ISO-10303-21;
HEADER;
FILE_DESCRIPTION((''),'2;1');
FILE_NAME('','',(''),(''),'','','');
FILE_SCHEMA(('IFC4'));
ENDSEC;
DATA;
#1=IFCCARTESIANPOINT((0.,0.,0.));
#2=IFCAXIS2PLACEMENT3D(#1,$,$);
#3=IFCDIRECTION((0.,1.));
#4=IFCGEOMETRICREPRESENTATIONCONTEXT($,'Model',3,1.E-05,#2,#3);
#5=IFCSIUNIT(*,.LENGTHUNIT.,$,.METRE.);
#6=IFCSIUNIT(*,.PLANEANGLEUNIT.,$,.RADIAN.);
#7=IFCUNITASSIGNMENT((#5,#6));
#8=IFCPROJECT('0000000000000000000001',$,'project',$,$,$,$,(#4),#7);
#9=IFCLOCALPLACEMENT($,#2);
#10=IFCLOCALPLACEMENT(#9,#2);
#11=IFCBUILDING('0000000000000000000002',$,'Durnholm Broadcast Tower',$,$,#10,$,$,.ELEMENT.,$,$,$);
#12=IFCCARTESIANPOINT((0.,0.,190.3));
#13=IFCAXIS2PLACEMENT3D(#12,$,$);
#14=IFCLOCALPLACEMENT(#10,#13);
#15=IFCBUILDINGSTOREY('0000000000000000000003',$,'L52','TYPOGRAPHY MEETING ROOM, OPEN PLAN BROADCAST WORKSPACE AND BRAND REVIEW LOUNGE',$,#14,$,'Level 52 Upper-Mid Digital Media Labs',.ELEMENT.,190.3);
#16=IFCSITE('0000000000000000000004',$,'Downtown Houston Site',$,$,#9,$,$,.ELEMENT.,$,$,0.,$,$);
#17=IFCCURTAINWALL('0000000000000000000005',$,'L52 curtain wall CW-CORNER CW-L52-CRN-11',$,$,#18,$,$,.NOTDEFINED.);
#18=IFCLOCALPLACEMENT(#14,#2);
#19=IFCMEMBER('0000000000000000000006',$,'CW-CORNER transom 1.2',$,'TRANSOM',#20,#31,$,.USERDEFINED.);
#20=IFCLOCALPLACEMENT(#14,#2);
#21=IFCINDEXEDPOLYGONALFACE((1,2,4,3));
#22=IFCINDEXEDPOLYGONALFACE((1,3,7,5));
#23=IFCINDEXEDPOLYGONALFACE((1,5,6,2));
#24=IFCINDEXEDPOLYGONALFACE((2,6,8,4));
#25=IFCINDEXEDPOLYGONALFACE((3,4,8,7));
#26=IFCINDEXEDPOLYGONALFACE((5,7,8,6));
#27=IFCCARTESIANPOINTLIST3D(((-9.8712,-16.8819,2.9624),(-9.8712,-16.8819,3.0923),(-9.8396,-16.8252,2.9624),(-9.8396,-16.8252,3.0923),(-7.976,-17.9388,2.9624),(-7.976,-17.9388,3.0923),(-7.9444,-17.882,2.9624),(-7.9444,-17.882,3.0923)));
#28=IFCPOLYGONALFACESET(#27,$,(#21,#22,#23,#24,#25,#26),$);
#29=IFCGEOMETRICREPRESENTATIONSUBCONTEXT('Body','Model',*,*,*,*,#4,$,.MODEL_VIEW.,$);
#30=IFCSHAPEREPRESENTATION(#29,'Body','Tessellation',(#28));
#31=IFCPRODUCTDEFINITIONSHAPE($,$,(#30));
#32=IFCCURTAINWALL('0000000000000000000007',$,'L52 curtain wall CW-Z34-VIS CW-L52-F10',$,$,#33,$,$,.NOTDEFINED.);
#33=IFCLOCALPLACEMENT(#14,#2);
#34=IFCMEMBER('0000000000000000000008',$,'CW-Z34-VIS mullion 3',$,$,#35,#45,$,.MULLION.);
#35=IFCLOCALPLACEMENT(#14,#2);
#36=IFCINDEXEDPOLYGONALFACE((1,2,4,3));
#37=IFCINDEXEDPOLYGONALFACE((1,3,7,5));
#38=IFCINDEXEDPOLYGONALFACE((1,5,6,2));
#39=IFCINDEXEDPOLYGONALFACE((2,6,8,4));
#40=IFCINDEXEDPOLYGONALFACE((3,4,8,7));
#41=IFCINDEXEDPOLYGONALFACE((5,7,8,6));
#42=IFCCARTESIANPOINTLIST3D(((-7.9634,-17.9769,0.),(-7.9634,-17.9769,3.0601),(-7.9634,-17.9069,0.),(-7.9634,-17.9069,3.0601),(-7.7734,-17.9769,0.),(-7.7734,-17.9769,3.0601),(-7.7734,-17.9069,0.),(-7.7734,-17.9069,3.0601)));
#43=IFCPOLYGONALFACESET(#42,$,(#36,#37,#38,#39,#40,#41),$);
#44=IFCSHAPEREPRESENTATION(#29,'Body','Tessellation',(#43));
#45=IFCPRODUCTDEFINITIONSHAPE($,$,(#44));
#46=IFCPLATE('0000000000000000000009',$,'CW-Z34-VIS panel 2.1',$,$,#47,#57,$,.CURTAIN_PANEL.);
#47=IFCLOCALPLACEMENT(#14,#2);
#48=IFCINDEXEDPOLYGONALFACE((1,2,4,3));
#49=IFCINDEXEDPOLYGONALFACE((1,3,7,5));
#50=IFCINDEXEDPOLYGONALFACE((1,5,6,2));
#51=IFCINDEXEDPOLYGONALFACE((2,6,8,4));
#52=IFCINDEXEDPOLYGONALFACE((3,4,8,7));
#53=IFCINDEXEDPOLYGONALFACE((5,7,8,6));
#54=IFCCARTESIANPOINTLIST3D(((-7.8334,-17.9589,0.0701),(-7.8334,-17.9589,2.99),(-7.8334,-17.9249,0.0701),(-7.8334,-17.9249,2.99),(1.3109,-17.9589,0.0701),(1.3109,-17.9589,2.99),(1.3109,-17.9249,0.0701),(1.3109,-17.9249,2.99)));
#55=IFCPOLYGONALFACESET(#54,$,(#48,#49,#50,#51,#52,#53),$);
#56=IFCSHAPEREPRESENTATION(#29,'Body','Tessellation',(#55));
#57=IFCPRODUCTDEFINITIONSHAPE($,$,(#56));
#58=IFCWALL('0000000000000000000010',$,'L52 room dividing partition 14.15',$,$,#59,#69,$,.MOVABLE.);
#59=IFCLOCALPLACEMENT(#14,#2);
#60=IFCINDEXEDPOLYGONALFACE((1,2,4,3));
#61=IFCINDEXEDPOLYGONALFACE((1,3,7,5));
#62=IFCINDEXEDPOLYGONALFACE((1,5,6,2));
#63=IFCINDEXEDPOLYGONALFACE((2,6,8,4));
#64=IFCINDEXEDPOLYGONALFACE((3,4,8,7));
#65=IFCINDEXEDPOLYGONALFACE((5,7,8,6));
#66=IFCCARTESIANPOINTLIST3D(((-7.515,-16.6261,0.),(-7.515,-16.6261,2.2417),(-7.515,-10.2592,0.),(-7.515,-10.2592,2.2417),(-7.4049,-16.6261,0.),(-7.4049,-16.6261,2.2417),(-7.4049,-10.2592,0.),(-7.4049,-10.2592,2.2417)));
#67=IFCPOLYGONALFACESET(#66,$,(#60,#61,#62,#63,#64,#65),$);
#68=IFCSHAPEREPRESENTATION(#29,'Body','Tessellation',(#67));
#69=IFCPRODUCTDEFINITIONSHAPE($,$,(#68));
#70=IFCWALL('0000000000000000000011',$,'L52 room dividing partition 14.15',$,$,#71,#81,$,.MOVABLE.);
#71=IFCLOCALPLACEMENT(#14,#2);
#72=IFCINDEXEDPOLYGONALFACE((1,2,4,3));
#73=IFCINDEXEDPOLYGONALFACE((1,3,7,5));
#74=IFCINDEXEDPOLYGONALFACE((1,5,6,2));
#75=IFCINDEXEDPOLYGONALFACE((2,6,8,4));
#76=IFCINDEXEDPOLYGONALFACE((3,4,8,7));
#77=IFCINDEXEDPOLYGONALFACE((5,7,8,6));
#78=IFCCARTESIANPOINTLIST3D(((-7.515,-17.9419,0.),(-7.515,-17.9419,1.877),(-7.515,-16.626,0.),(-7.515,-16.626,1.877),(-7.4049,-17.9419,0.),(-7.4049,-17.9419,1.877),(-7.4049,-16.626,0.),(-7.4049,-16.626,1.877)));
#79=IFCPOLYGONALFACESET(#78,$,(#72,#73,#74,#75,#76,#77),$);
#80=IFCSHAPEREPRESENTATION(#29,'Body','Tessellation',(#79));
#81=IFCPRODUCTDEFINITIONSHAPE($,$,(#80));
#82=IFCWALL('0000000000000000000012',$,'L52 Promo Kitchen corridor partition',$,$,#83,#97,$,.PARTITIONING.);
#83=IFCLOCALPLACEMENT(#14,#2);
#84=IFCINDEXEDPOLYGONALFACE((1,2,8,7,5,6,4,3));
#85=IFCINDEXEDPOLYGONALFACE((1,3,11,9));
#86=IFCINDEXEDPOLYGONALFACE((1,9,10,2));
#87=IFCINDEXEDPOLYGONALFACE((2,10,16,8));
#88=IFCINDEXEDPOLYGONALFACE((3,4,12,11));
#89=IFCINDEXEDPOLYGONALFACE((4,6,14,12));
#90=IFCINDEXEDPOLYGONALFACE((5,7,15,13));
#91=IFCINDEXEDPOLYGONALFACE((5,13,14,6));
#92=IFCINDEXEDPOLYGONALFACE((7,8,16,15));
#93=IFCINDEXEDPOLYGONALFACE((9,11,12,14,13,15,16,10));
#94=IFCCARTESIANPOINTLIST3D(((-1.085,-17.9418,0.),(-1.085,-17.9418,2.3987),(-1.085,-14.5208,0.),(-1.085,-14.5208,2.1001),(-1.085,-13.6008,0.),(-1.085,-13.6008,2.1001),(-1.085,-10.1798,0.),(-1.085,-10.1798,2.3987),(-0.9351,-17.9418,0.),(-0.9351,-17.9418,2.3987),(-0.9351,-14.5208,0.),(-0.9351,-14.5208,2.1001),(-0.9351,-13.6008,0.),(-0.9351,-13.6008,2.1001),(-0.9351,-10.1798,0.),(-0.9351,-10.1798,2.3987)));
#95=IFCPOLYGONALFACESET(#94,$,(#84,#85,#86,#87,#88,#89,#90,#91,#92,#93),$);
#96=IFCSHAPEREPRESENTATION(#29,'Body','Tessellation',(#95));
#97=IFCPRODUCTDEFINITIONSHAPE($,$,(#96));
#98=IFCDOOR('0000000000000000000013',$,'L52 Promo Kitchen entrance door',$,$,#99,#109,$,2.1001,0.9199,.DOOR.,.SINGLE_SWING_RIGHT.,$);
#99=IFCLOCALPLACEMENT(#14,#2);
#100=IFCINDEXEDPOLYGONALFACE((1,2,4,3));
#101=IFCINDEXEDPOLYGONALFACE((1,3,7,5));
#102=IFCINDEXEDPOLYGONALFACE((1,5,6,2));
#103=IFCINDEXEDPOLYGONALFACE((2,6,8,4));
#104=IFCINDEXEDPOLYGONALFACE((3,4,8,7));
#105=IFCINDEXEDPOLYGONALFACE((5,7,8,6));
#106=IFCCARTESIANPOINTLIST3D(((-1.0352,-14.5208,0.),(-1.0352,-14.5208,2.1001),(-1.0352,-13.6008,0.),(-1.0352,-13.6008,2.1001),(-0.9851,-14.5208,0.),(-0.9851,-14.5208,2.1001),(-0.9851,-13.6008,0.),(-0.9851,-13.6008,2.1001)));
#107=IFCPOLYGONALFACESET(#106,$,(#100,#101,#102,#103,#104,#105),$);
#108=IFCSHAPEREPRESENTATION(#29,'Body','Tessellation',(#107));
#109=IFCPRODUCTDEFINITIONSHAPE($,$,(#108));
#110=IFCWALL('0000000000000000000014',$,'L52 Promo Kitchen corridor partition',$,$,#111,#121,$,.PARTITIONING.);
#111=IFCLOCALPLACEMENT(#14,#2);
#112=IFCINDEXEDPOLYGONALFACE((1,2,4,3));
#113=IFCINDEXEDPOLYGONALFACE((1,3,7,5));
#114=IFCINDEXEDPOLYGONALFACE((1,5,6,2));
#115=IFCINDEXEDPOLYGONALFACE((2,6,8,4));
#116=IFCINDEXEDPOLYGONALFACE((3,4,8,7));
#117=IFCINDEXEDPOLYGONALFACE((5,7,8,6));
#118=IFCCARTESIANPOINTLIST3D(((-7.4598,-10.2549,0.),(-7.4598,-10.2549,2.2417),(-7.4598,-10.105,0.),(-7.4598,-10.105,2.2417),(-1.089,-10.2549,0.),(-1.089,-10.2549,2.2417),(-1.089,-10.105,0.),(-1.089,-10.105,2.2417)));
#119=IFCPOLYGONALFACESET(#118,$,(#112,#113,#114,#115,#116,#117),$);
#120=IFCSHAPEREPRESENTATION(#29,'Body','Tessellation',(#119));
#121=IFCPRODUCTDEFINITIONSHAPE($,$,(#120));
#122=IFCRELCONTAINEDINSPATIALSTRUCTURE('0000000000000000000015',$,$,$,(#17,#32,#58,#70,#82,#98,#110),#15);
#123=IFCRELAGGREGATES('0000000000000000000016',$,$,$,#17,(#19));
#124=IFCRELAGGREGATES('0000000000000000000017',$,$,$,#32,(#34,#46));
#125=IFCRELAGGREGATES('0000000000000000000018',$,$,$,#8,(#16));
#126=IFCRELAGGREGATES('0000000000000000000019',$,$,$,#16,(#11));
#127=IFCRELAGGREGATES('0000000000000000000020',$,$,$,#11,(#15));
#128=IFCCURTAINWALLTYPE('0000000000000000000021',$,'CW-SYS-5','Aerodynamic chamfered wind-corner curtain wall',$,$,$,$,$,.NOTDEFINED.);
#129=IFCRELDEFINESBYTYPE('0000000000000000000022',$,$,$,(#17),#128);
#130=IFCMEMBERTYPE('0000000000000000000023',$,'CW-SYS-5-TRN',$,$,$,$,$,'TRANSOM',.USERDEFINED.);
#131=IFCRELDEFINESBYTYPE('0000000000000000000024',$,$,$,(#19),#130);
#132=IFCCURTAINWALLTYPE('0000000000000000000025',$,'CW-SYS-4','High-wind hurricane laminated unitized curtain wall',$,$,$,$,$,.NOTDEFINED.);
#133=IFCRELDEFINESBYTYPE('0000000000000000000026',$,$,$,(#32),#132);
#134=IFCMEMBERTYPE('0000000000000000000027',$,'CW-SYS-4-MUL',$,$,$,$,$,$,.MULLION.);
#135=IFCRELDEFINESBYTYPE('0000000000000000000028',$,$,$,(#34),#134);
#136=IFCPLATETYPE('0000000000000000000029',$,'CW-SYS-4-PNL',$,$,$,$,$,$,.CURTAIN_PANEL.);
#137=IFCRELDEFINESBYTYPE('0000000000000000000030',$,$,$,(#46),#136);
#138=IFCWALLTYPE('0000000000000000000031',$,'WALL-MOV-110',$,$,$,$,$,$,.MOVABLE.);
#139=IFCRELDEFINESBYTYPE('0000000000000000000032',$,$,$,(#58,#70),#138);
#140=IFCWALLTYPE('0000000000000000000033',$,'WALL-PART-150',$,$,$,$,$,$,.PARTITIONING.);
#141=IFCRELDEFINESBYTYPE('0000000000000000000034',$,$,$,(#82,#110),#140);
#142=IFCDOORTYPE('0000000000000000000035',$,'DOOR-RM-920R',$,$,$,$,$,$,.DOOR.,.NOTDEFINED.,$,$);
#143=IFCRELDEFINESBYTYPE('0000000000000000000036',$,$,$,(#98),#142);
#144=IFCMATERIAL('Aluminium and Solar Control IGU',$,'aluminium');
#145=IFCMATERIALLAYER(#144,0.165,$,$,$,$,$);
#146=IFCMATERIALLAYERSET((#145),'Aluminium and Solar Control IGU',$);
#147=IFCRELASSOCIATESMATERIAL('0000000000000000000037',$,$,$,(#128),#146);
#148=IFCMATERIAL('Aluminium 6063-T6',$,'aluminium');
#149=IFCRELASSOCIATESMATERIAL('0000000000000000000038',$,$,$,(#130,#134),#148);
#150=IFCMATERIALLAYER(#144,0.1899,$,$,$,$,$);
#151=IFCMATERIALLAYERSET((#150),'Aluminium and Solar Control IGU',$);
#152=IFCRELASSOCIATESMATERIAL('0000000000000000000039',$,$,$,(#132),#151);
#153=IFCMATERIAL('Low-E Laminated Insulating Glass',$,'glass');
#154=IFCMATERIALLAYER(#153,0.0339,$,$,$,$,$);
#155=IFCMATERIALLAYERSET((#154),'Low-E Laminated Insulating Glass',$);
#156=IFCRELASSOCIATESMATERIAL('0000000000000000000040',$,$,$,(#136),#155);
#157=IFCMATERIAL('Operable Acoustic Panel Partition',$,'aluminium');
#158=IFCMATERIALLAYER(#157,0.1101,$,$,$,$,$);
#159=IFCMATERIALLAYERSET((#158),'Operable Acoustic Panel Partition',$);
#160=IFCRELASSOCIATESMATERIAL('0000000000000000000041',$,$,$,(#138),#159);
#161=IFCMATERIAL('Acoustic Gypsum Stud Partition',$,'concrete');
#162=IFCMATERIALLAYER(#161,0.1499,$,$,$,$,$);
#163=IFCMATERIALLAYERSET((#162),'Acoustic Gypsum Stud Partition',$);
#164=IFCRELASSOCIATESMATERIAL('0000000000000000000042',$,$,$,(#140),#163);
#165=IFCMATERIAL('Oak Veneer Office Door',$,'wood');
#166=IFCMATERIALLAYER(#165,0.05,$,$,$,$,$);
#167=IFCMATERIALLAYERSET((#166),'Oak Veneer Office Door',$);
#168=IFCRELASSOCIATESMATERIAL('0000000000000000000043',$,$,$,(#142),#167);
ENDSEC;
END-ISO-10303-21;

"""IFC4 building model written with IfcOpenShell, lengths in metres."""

from ifc_helpers import new_model, si_unit, direction, frame, frame_2d, origin, origin_2d, place, context, subcontext, project, spatial, rectangle, extrude, source, transform, mapped, material, layer, layer_set, material_profile, profile_set, type_object, type_shapes, element, fill, aggregate, save


model = new_model("IFC4")

# Units and contexts
model_context = context("Model", 3, precision=1e-05, world=origin(), true_north=direction((0.0, 1.0)))
body_context = subcontext(model_context, "Body", "Model", "MODEL_VIEW")
ifc_project = project(units=[si_unit("LENGTHUNIT", "METRE"), si_unit("PLANEANGLEUNIT", "RADIAN")], contexts=[model_context])

# Site, building, storey
site_placement = place(None, origin())
site = spatial("IfcSite", under=ifc_project, at=site_placement, Name="Downtown Houston Site", CompositionType="ELEMENT", RefElevation=0.0)
building_placement = place(site_placement, origin())
building = spatial("IfcBuilding", under=site, at=building_placement, Name="Durnholm Broadcast Tower", CompositionType="ELEMENT")
storey_placement = place(building_placement, frame((0.0, 0.0, 190.3)))
storey = spatial("IfcBuildingStorey", under=building, at=storey_placement, Name="L52", Description="TYPOGRAPHY MEETING ROOM, OPEN PLAN BROADCAST WORKSPACE AND BRAND REVIEW LOUNGE", LongName="Level 52 Upper-Mid Digital Media Labs", CompositionType="ELEMENT", Elevation=190.3)

# Curtain wall, member
ifc_material_1 = material(Name="Aluminium and Solar Control IGU", Category="aluminium")
ifc_layer_1 = layer(ifc_material_1, 0.165)
ifc_layer_set_1 = layer_set([ifc_layer_1], Name="Aluminium and Solar Control IGU")
curtain_wall_type_1 = type_object("IfcCurtainWallType", Name="CW-SYS-5", Description="Aerodynamic chamfered wind-corner curtain wall", PredefinedType="NOTDEFINED", material=ifc_layer_set_1)
curtain_wall_1_placement = place(storey_placement, origin())
curtain_wall_1 = element("IfcCurtainWall", 1, at=curtain_wall_1_placement, inside=storey, type_object=curtain_wall_type_1, Name="L52 curtain wall CW-CORNER CW-L52-CRN-11", PredefinedType="NOTDEFINED")
ifc_material_2 = material(Name="Aluminium 6063-T6", Category="aluminium")
ifc_material_profile_1 = material_profile(ifc_material_2, rectangle(XDim=0.0649, YDim=0.1299, at=origin_2d()), Name="CWT65X130")
ifc_profile_set_1 = profile_set([ifc_material_profile_1], Name="Aluminium 6063-T6")
member_type_1 = type_object("IfcMemberType", Name="CW-SYS-5-TRN", ElementType="TRANSOM", PredefinedType="USERDEFINED", material=ifc_profile_set_1)
shared_shape_1 = source(origin(), body_context, "Body", "SweptSolid", [
    extrude(rectangle(XDim=0.0649, YDim=0.1299, at=origin_2d()), origin(), (0.0, 0.0, 1.0), 2.1699),
])
type_shapes(member_type_1, [shared_shape_1])
member_1_placement = place(storey_placement, frame((-7.9602, -17.9104, 3.0273), z_axis=(-0.873381, 0.487037, 0.0), x_axis=(-0.487037, -0.873381, 0.0)))
member_1 = element("IfcMember", 2, at=member_1_placement, type_object=member_type_1, Name="CW-CORNER transom 1.2", ObjectType="TRANSOM", PredefinedType="USERDEFINED", context=body_context, shape_type="MappedRepresentation", body=[
    mapped(shared_shape_1, transform((0.0, 0.0, 0.0), x_axis=(1.0, 0.0, 0.0), y_axis=(0.0, 1.0, 0.0), z_axis=(0.0, 0.0, 1.0), scale=1.0)),
])
aggregate(curtain_wall_1, [member_1])

# Curtain wall, member, plate
ifc_layer_2 = layer(ifc_material_1, 0.1899)
ifc_layer_set_2 = layer_set([ifc_layer_2], Name="Aluminium and Solar Control IGU")
curtain_wall_type_2 = type_object("IfcCurtainWallType", Name="CW-SYS-4", Description="High-wind hurricane laminated unitized curtain wall", PredefinedType="NOTDEFINED", material=ifc_layer_set_2)
curtain_wall_2_placement = place(storey_placement, origin())
curtain_wall_2 = element("IfcCurtainWall", 3, at=curtain_wall_2_placement, inside=storey, type_object=curtain_wall_type_2, Name="L52 curtain wall CW-Z34-VIS CW-L52-F10", PredefinedType="NOTDEFINED")
ifc_material_profile_2 = material_profile(ifc_material_2, rectangle(XDim=0.0701, YDim=0.1899, at=origin_2d()), Name="CWM70X190")
ifc_profile_set_2 = profile_set([ifc_material_profile_2], Name="Aluminium 6063-T6")
member_type_2 = type_object("IfcMemberType", Name="CW-SYS-4-MUL", PredefinedType="MULLION", material=ifc_profile_set_2)
shared_shape_2 = source(origin(), body_context, "Body", "SweptSolid", [
    extrude(rectangle(XDim=0.0701, YDim=0.1899, at=origin_2d()), origin(), (0.0, 0.0, 1.0), 3.0601),
])
type_shapes(member_type_2, [shared_shape_2])
member_2_placement = place(storey_placement, frame((-7.8684, -17.9419, 0.0), z_axis=(0.0, 0.0, 1.0), x_axis=(0.0, -1.0, 0.0)))
member_2 = element("IfcMember", 4, at=member_2_placement, type_object=member_type_2, Name="CW-Z34-VIS mullion 3", PredefinedType="MULLION", context=body_context, shape_type="MappedRepresentation", body=[
    mapped(shared_shape_2, transform((0.0, 0.0, 0.0), x_axis=(1.0, 0.0, 0.0), y_axis=(0.0, 1.0, 0.0), z_axis=(0.0, 0.0, 1.0), scale=1.0)),
])
ifc_material_3 = material(Name="Low-E Laminated Insulating Glass", Category="glass")
ifc_layer_3 = layer(ifc_material_3, 0.0339)
ifc_layer_set_3 = layer_set([ifc_layer_3], Name="Low-E Laminated Insulating Glass")
plate_type = type_object("IfcPlateType", Name="CW-SYS-4-PNL", PredefinedType="CURTAIN_PANEL", material=ifc_layer_set_3)
shared_shape_3 = source(origin(), body_context, "Body", "SweptSolid", [
    extrude(rectangle(XDim=9.1443, YDim=0.0339, at=origin_2d()), origin(), (0.0, 0.0, 1.0), 2.9199),
])
type_shapes(plate_type, [shared_shape_3])
plate_placement = place(storey_placement, frame((-3.2612, -17.9419, 0.0701), z_axis=(0.0, 0.0, 1.0), x_axis=(-1.0, 0.0, 0.0)))
plate = element("IfcPlate", 5, at=plate_placement, type_object=plate_type, Name="CW-Z34-VIS panel 2.1", PredefinedType="CURTAIN_PANEL", context=body_context, shape_type="MappedRepresentation", body=[
    mapped(shared_shape_3, transform((0.0, 0.0, 0.0), x_axis=(1.0, 0.0, 0.0), y_axis=(0.0, 1.0, 0.0), z_axis=(0.0, 0.0, 1.0), scale=1.0)),
])
aggregate(curtain_wall_2, [member_2, plate])

# Walls
ifc_material_4 = material(Name="Operable Acoustic Panel Partition", Category="aluminium")
ifc_layer_4 = layer(ifc_material_4, 0.1101)
ifc_layer_set_4 = layer_set([ifc_layer_4], Name="Operable Acoustic Panel Partition")
wall_type_1 = type_object("IfcWallType", Name="WALL-MOV-110", PredefinedType="MOVABLE", material=ifc_layer_set_4)
wall_1_placement = place(storey_placement, frame((-7.46, -10.259, 0.0), z_axis=(0.0, 0.0, 1.0), x_axis=(0.0, -1.0, 0.0)))
element("IfcWall", 6, at=wall_1_placement, inside=storey, type_object=wall_type_1, Name="L52 room dividing partition 14.15", PredefinedType="MOVABLE", context=body_context, shape_type="SweptSolid", body=[
    extrude(rectangle(XDim=6.3669, YDim=0.1101, at=frame_2d((3.1836, 0.0))), origin(), (0.0, 0.0, 1.0), 2.2417),
])
wall_2_placement = place(storey_placement, frame((-7.46, -16.626, 0.0), z_axis=(0.0, 0.0, 1.0), x_axis=(0.0, -1.0, 0.0)))
element("IfcWall", 7, at=wall_2_placement, inside=storey, type_object=wall_type_1, Name="L52 room dividing partition 14.15", PredefinedType="MOVABLE", context=body_context, shape_type="SweptSolid", body=[
    extrude(rectangle(XDim=1.3159, YDim=0.1101, at=frame_2d((0.658, 0.0))), origin(), (0.0, 0.0, 1.0), 1.877),
])

# Wall, opening, door
ifc_material_5 = material(Name="Acoustic Gypsum Stud Partition", Category="concrete")
ifc_layer_5 = layer(ifc_material_5, 0.1499)
ifc_layer_set_5 = layer_set([ifc_layer_5], Name="Acoustic Gypsum Stud Partition")
wall_type_2 = type_object("IfcWallType", Name="WALL-PART-150", PredefinedType="PARTITIONING", material=ifc_layer_set_5)
wall_3_placement = place(storey_placement, frame((-1.01, -10.1799, 0.0), z_axis=(0.0, 0.0, 1.0), x_axis=(0.0, -1.0, 0.0)))
wall_3 = element("IfcWall", 8, at=wall_3_placement, inside=storey, type_object=wall_type_2, Name="L52 Promo Kitchen corridor partition", PredefinedType="PARTITIONING", context=body_context, shape_type="SweptSolid", body=[
    extrude(rectangle(XDim=7.762, YDim=0.1499, at=frame_2d((3.8809, 0.0))), origin(), (0.0, 0.0, 1.0), 2.3987),
])
opening_placement = place(wall_3_placement, frame((3.4209, 0.0, 0.0)))
opening = element("IfcOpeningElement", 9, at=opening_placement, cuts=wall_3, PredefinedType="OPENING", context=body_context, shape_type="SweptSolid", body=[
    extrude(rectangle(XDim=0.9199, YDim=2.1001, at=frame_2d((0.46, 1.05))), frame((0.0, 0.085, 0.0), z_axis=(0.0, -1.0, 0.0), x_axis=(1.0, 0.0, 0.0)), (0.0, 0.0, 1.0), 0.1699),
])
ifc_material_6 = material(Name="Oak Veneer Office Door", Category="wood")
ifc_layer_6 = layer(ifc_material_6, 0.05)
ifc_layer_set_6 = layer_set([ifc_layer_6], Name="Oak Veneer Office Door")
door_type = type_object("IfcDoorType", Name="DOOR-RM-920R", OperationType="NOTDEFINED", PredefinedType="DOOR", material=ifc_layer_set_6)
shared_shape_4 = source(origin(), body_context, "Body", "SweptSolid", [
    extrude(rectangle(XDim=0.9199, YDim=2.1001, at=frame_2d((0.46, 1.05))), frame((0.0, 0.0249, 0.0), z_axis=(0.0, -1.0, 0.0), x_axis=(1.0, 0.0, 0.0)), (0.0, 0.0, 1.0), 0.05),
])
type_shapes(door_type, [shared_shape_4])
door_placement = place(opening_placement, origin())
door = element("IfcDoor", 10, at=door_placement, inside=storey, type_object=door_type, Name="L52 Promo Kitchen entrance door", OperationType="SINGLE_SWING_RIGHT", OverallHeight=2.1001, OverallWidth=0.9199, PredefinedType="DOOR", context=body_context, shape_type="MappedRepresentation", body=[
    mapped(shared_shape_4, transform((0.0, 0.0, 0.0), x_axis=(1.0, 0.0, 0.0), y_axis=(0.0, 1.0, 0.0), z_axis=(0.0, 0.0, 1.0), scale=1.0)),
])
fill(opening, door)

# Wall
wall_4_placement = place(storey_placement, frame((-7.46, -10.1799, 0.0), z_axis=(0.0, 0.0, 1.0), x_axis=(1.0, 0.0, 0.0)))
element("IfcWall", 11, at=wall_4_placement, inside=storey, type_object=wall_type_2, Name="L52 Promo Kitchen corridor partition", PredefinedType="PARTITIONING", context=body_context, shape_type="SweptSolid", body=[
    extrude(rectangle(XDim=6.3708, YDim=0.1499, at=frame_2d((3.1855, 0.0))), origin(), (0.0, 0.0, 1.0), 2.2417),
])

save(model, "model.ifc")
